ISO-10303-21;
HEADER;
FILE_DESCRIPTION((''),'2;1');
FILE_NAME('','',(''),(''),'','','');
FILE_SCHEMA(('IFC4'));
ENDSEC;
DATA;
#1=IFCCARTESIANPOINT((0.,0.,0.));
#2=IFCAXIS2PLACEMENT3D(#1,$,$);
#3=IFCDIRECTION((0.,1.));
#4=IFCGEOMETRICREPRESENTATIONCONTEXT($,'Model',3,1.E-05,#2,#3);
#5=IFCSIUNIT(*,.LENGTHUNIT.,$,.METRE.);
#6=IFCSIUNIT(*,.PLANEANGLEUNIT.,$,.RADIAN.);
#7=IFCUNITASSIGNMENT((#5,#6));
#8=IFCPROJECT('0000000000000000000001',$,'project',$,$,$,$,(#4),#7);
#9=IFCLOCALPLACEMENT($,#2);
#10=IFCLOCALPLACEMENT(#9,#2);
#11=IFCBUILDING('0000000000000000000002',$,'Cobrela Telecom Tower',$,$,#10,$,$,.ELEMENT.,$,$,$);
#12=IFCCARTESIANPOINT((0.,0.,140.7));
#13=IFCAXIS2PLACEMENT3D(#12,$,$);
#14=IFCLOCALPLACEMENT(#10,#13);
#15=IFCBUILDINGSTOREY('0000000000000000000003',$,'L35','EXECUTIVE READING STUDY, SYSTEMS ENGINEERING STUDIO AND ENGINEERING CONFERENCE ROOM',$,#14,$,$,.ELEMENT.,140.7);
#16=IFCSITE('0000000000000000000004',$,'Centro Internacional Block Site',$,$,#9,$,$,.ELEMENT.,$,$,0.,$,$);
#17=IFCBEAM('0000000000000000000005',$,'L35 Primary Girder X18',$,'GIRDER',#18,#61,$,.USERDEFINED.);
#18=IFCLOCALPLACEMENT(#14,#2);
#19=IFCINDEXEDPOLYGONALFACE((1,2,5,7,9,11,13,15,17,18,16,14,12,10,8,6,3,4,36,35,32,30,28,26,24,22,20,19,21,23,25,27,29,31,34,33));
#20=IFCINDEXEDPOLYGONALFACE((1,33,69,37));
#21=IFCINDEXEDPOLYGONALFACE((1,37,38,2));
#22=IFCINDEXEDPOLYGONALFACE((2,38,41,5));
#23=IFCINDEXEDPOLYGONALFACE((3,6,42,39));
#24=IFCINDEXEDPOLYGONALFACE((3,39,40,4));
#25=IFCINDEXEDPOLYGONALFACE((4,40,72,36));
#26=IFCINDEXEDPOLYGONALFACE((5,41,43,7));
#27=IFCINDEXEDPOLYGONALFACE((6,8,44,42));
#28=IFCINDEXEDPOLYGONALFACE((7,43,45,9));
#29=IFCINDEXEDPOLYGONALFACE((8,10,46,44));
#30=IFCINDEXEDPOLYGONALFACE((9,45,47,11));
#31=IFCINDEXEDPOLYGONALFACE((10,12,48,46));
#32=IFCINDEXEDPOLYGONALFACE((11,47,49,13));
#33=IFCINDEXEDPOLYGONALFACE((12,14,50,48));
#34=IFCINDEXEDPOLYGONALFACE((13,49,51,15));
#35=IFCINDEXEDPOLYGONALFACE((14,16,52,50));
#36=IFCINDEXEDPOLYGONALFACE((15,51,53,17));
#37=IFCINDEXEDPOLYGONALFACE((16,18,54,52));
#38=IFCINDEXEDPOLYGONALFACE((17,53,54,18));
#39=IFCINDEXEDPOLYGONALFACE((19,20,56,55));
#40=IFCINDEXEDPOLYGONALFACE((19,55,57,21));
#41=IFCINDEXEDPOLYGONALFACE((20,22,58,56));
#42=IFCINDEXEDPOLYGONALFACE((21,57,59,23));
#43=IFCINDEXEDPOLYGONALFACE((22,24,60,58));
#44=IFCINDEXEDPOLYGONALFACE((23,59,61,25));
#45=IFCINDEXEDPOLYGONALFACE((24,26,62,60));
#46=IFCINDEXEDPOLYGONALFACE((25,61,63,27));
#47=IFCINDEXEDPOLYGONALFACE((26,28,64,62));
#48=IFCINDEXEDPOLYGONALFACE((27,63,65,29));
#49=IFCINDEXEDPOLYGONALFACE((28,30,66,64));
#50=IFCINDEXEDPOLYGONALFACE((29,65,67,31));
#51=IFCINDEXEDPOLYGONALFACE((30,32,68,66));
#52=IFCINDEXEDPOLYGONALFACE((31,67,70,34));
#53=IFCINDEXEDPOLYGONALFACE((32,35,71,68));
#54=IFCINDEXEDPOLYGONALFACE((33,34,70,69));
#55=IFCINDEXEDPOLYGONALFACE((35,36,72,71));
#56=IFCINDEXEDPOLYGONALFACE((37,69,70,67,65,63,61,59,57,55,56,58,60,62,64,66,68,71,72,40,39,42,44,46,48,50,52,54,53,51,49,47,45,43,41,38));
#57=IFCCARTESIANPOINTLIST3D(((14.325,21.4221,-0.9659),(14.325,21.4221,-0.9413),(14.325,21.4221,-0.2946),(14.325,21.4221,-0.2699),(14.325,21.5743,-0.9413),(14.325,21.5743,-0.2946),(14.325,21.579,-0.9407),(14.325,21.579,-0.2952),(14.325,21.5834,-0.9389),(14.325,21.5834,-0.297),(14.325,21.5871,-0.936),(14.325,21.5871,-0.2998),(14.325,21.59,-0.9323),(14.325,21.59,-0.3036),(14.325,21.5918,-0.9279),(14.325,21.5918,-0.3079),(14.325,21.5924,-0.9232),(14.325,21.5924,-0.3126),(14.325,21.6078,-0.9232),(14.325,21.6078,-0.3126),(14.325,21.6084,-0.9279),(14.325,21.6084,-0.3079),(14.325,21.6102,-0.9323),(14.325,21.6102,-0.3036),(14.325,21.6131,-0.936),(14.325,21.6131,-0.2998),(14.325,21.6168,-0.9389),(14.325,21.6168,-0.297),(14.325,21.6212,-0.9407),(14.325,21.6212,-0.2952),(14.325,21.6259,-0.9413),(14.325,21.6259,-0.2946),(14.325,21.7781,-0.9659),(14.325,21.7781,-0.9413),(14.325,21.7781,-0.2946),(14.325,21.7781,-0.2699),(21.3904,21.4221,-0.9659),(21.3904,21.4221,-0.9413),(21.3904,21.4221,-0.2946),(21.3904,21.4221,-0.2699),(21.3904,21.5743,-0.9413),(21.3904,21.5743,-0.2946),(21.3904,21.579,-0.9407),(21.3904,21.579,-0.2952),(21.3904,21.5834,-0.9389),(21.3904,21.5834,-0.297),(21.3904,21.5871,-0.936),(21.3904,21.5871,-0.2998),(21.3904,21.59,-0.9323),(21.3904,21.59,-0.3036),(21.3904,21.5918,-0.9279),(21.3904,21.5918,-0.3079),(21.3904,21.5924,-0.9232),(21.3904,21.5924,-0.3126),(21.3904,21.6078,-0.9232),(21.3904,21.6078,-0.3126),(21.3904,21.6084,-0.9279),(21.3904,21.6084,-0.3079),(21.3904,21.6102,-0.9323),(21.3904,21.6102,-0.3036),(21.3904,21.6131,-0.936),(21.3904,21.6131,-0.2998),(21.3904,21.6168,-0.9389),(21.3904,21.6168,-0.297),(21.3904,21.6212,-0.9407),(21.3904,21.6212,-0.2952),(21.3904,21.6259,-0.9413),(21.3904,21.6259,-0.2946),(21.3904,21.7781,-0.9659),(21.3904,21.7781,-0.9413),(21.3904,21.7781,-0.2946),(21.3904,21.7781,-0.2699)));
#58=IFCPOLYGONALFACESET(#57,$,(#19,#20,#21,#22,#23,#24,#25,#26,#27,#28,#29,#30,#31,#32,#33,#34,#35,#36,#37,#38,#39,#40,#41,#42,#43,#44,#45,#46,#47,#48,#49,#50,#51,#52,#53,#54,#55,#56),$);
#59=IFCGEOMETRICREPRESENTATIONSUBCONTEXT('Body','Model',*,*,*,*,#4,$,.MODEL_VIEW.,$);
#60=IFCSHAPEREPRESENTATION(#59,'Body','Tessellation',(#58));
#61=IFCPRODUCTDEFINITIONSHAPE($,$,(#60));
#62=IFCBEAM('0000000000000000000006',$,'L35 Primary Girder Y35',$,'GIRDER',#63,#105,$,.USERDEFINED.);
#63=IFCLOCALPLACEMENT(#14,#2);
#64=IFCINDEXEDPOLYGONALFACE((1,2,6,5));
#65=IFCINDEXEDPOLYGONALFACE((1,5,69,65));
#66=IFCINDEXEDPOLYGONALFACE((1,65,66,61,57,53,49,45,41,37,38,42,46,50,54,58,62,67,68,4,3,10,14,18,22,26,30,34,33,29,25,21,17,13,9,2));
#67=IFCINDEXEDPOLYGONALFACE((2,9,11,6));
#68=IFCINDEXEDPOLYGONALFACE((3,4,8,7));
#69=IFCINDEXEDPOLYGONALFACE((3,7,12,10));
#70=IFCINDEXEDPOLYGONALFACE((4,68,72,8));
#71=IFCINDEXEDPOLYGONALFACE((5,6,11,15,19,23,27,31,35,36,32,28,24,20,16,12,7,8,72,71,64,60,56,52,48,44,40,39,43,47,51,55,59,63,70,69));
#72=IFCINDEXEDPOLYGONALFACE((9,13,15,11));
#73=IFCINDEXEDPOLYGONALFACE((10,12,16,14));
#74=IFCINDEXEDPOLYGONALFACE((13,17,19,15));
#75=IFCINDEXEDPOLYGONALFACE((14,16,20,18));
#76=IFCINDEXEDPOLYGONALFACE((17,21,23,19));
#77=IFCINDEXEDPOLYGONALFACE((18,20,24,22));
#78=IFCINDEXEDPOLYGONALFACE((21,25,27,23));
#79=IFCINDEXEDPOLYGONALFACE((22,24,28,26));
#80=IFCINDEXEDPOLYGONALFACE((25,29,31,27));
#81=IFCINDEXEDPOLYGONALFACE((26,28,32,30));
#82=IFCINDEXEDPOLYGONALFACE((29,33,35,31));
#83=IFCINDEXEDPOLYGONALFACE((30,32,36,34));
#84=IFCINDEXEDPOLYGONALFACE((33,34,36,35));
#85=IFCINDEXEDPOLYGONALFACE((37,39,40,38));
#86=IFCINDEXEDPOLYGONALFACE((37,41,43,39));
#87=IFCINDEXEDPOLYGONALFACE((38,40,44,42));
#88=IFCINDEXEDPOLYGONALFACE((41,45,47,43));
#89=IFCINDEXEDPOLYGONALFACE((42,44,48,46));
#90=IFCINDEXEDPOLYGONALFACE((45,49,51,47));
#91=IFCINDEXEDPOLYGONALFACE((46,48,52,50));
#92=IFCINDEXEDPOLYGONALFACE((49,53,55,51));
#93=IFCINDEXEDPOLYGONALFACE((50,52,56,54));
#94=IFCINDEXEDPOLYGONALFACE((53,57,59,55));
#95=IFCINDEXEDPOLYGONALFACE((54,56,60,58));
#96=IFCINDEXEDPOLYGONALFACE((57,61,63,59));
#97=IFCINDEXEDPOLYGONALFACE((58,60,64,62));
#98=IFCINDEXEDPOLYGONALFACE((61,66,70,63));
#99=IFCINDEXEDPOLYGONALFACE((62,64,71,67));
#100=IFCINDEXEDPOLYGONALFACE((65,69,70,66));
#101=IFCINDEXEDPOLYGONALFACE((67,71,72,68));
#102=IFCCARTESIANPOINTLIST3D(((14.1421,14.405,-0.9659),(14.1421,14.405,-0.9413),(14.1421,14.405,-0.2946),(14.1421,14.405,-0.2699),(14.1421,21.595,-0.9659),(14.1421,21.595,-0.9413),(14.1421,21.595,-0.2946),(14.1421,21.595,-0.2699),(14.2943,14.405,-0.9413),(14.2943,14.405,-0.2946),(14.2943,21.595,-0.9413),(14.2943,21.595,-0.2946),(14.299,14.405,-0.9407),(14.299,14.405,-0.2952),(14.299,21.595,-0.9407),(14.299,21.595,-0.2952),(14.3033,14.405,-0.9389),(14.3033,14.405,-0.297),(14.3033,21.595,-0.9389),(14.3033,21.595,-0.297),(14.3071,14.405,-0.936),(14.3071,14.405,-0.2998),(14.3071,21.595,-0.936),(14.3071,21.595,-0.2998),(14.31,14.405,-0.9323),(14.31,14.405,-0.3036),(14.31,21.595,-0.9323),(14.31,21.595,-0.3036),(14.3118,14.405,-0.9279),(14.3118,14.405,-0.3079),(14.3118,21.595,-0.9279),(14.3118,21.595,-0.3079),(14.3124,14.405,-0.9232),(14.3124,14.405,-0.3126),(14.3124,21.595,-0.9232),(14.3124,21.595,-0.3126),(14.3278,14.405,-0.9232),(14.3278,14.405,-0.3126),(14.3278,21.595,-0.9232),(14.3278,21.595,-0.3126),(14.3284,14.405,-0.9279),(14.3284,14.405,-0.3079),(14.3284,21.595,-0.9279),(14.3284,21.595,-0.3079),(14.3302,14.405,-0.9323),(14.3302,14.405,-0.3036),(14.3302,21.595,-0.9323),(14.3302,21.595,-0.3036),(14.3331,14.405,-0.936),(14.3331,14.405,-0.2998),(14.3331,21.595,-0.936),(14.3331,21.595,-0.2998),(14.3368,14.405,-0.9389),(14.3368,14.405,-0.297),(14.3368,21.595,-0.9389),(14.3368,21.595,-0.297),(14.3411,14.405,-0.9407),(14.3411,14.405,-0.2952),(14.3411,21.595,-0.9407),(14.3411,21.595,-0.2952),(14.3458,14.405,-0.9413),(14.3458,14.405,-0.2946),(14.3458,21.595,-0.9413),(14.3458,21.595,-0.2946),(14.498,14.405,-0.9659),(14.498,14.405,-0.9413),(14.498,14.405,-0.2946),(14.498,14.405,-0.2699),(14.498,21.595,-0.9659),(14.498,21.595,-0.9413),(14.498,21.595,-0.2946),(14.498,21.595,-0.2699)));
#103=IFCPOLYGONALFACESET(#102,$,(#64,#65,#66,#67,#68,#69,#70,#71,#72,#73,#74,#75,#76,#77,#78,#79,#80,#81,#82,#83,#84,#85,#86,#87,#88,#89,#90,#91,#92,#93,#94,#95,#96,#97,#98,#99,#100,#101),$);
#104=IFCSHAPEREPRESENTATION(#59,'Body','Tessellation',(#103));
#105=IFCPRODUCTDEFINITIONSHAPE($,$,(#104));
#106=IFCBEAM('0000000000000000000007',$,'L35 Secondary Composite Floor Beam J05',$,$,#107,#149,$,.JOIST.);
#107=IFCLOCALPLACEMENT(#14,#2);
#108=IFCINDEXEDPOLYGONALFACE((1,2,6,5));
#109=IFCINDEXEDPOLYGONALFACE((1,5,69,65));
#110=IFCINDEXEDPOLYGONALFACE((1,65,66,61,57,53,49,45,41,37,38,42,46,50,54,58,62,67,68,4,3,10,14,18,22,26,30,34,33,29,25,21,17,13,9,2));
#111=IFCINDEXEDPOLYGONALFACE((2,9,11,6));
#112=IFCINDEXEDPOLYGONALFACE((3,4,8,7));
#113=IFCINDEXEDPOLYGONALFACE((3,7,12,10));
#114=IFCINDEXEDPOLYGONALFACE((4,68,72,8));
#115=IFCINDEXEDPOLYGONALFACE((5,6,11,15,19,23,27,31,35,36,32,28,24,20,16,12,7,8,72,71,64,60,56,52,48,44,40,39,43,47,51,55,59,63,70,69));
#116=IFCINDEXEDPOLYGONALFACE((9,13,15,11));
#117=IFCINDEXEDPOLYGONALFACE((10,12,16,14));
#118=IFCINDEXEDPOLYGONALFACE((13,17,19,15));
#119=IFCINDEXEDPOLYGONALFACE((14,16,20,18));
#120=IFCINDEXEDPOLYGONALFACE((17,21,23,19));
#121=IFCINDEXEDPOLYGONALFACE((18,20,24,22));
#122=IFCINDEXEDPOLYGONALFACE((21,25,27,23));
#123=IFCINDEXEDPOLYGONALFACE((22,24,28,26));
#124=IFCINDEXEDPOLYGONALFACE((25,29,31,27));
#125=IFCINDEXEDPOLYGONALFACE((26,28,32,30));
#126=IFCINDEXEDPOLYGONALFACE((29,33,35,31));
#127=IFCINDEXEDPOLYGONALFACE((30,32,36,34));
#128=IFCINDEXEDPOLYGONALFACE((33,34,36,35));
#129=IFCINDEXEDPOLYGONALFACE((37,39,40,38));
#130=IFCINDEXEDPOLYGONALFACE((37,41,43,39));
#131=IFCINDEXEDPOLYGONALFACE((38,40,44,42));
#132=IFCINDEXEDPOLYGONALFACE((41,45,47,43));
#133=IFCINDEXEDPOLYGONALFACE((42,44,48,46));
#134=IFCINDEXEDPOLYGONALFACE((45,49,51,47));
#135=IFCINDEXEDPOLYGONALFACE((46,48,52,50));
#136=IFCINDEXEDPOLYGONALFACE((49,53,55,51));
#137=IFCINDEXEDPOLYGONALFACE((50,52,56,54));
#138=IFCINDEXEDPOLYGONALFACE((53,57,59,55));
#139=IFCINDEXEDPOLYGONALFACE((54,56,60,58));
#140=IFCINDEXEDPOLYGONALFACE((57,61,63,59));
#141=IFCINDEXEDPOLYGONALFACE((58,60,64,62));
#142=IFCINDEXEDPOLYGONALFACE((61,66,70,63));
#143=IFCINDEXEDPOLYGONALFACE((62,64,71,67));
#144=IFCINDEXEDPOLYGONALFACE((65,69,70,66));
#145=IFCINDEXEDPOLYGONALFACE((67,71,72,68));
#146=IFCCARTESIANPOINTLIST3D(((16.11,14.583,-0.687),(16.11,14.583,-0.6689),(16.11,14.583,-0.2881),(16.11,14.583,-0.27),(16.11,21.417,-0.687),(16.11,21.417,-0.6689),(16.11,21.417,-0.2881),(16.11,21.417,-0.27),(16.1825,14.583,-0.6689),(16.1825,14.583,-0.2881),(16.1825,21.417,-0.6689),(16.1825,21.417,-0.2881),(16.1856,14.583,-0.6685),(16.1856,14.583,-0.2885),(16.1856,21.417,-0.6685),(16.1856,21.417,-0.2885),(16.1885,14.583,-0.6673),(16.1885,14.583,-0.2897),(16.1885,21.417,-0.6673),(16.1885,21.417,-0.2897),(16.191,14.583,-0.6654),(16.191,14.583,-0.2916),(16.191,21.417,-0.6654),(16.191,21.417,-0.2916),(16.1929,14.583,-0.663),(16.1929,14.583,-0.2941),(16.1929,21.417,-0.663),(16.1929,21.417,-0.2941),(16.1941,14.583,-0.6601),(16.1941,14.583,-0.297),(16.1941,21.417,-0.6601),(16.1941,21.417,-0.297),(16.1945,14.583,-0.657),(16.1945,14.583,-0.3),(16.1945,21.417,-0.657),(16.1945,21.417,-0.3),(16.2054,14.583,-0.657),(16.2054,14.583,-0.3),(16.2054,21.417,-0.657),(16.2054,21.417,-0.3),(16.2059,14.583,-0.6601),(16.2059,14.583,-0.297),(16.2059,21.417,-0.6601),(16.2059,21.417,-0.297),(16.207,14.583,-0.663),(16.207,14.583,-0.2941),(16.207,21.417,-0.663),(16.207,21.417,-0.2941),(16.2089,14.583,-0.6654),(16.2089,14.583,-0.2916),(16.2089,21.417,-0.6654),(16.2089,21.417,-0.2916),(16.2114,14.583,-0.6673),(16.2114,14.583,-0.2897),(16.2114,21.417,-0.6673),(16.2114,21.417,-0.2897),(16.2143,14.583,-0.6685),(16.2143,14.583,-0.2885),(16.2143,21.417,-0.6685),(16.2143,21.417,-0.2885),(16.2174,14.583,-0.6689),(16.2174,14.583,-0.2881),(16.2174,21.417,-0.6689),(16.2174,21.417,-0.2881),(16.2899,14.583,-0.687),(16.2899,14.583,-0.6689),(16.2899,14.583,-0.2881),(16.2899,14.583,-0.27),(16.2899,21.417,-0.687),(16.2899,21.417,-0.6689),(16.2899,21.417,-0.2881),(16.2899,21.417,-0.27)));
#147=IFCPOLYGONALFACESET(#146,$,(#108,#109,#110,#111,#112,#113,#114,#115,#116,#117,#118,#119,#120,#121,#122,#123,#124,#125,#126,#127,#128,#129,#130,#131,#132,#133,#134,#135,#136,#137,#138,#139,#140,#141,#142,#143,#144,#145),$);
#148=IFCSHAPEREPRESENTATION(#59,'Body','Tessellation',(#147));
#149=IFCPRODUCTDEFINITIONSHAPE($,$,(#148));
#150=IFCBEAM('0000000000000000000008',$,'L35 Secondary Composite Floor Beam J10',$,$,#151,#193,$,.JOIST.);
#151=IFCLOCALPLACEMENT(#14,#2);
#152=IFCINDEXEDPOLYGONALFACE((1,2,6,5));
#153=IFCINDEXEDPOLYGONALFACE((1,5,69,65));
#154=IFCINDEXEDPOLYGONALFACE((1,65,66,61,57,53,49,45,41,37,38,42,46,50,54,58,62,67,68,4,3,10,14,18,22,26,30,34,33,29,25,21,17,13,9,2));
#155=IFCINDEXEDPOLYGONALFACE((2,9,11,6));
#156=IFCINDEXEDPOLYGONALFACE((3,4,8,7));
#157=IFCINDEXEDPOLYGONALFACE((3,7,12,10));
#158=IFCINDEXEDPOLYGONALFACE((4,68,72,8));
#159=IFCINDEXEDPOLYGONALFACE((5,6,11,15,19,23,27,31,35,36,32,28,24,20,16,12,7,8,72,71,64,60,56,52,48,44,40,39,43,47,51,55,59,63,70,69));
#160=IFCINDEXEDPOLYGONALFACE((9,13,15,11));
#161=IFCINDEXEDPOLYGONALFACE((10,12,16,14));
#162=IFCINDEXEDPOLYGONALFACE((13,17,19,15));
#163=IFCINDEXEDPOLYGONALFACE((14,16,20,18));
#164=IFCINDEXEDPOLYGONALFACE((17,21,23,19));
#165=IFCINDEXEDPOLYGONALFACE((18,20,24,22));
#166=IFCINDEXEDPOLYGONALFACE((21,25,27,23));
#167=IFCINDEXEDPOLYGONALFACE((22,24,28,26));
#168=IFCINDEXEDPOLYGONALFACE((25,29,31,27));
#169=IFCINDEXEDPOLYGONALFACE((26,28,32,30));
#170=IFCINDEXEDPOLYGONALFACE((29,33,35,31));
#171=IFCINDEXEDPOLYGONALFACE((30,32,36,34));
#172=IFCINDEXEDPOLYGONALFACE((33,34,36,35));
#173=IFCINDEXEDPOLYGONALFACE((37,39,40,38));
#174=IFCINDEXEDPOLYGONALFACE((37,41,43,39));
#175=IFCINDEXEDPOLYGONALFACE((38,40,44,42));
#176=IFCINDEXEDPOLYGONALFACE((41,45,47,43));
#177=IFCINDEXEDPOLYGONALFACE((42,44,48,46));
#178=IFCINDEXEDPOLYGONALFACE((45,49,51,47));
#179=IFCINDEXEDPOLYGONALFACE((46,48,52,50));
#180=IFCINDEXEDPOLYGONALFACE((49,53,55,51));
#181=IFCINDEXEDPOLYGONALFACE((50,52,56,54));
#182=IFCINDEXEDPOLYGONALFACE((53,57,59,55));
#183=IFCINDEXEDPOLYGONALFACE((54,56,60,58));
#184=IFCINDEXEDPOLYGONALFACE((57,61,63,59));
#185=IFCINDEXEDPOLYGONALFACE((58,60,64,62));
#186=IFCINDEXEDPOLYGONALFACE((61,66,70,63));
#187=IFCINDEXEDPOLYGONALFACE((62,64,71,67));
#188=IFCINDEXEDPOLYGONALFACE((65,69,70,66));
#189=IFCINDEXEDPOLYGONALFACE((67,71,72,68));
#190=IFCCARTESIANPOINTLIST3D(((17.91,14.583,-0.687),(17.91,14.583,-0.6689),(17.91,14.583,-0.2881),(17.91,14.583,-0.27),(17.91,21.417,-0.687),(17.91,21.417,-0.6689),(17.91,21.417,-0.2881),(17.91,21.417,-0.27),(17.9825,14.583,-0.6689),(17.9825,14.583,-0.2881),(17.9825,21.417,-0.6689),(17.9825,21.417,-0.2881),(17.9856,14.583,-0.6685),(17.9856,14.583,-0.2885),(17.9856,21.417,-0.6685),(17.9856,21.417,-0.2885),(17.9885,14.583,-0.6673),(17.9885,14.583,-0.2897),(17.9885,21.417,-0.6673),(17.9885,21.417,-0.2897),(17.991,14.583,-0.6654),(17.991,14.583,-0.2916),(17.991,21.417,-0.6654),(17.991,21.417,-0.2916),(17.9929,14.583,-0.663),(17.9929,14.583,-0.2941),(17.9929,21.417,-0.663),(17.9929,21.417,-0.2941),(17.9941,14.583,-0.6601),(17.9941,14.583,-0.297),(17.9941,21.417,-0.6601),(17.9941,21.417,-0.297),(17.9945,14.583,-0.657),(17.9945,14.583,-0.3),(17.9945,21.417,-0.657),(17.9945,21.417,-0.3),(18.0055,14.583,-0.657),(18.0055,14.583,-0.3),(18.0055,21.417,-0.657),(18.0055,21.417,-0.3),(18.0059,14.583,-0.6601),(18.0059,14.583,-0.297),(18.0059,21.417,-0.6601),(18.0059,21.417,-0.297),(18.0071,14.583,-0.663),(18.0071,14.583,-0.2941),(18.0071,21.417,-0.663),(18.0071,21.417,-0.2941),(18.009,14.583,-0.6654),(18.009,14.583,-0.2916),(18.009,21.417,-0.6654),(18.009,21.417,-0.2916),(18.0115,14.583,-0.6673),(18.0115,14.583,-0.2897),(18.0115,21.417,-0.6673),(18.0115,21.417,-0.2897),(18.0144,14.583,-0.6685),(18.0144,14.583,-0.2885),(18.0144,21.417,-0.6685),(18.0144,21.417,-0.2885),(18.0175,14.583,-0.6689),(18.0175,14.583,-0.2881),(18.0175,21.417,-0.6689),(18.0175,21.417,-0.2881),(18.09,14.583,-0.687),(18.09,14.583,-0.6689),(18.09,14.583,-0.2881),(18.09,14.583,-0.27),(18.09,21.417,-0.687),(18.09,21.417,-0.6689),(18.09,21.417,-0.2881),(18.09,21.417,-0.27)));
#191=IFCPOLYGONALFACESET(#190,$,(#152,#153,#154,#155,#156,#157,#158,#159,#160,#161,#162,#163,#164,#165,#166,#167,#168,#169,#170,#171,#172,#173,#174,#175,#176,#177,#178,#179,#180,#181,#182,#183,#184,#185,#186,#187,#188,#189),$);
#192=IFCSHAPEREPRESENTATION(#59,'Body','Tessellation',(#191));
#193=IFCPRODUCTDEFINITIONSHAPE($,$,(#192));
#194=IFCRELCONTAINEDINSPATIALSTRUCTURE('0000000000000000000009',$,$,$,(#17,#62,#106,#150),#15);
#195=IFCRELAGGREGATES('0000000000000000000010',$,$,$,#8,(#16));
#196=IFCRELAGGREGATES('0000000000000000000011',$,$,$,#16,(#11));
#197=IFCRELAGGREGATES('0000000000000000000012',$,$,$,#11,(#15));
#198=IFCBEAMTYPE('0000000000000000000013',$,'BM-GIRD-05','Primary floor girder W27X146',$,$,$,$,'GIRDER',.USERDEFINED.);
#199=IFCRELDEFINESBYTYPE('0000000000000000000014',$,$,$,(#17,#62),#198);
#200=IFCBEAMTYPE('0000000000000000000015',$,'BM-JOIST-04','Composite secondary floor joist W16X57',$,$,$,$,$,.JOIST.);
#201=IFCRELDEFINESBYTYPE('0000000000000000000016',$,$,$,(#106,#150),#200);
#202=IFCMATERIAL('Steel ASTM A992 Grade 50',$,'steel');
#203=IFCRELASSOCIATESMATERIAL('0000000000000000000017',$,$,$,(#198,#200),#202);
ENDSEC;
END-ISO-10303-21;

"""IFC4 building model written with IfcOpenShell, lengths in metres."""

from ifc_helpers import new_model, si_unit, direction, frame, origin, origin_2d, place, context, subcontext, project, spatial, i_section, extrude, material, material_profile, profile_set, type_object, element, save


model = new_model("IFC4")

# Units and contexts
model_context = context("Model", 3, precision=1e-05, world=origin(), true_north=direction((0.0, 1.0)))
body_context = subcontext(model_context, "Body", "Model", "MODEL_VIEW")
ifc_project = project(units=[si_unit("LENGTHUNIT", "METRE"), si_unit("PLANEANGLEUNIT", "RADIAN")], contexts=[model_context])

# Site, building, storey
site_placement = place(None, origin())
site = spatial("IfcSite", under=ifc_project, at=site_placement, Name="Centro Internacional Block Site", CompositionType="ELEMENT", RefElevation=0.0)
building_placement = place(site_placement, origin())
building = spatial("IfcBuilding", under=site, at=building_placement, Name="Cobrela Telecom Tower", CompositionType="ELEMENT")
storey_placement = place(building_placement, frame((0.0, 0.0, 140.7)))
storey = spatial("IfcBuildingStorey", under=building, at=storey_placement, Name="L35", Description="EXECUTIVE READING STUDY, SYSTEMS ENGINEERING STUDIO AND ENGINEERING CONFERENCE ROOM", CompositionType="ELEMENT", Elevation=140.7)

# Beams
ifc_material_1 = material(Name="Steel ASTM A992 Grade 50", Category="steel")
ifc_material_profile_1 = material_profile(ifc_material_1, i_section(OverallWidth=0.356, OverallDepth=0.696, WebThickness=0.0154, FlangeThickness=0.0247, FilletRadius=0.0181, at=origin_2d()), Name="W27X146")
ifc_profile_set_1 = profile_set([ifc_material_profile_1], Name="Steel ASTM A992 Grade 50")
beam_type_1 = type_object("IfcBeamType", Name="BM-GIRD-05", Description="Primary floor girder W27X146", ElementType="GIRDER", PredefinedType="USERDEFINED", material=ifc_profile_set_1)
beam_1_placement = place(storey_placement, frame((14.325, 21.6001, -0.6179), z_axis=(1.0, 0.0, 0.0), x_axis=(0.0, 1.0, 0.0)))
element("IfcBeam", 1, at=beam_1_placement, inside=storey, type_object=beam_type_1, Name="L35 Primary Girder X18", ObjectType="GIRDER", PredefinedType="USERDEFINED", context=body_context, shape_type="SweptSolid", body=[
    extrude(i_section(OverallWidth=0.356, OverallDepth=0.696, WebThickness=0.0154, FlangeThickness=0.0247, FilletRadius=0.0181, at=origin_2d()), origin(), (0.0, 0.0, 1.0), 7.0654),
])
beam_2_placement = place(storey_placement, frame((14.3201, 14.405, -0.6179), z_axis=(0.0, 1.0, 0.0), x_axis=(-1.0, 0.0, 0.0)))
element("IfcBeam", 2, at=beam_2_placement, inside=storey, type_object=beam_type_1, Name="L35 Primary Girder Y35", ObjectType="GIRDER", PredefinedType="USERDEFINED", context=body_context, shape_type="SweptSolid", body=[
    extrude(i_section(OverallWidth=0.356, OverallDepth=0.696, WebThickness=0.0154, FlangeThickness=0.0247, FilletRadius=0.0181, at=origin_2d()), origin(), (0.0, 0.0, 1.0), 7.1899),
])
ifc_material_profile_2 = material_profile(ifc_material_1, i_section(OverallWidth=0.1799, OverallDepth=0.417, WebThickness=0.011, FlangeThickness=0.0181, FilletRadius=0.012, at=origin_2d()), Name="W16X57")
ifc_profile_set_2 = profile_set([ifc_material_profile_2], Name="Steel ASTM A992 Grade 50")
beam_type_2 = type_object("IfcBeamType", Name="BM-JOIST-04", Description="Composite secondary floor joist W16X57", PredefinedType="JOIST", material=ifc_profile_set_2)
for number, where, z_axis, x_axis, name in (
    (3, (16.2, 14.583, -0.4785), (0.0, 1.0, 0.0), (-1.0, 0.0, 0.0), "L35 Secondary Composite Floor Beam J05"),
    (4, (18.0, 14.583, -0.4785), (0.0, 1.0, 0.0), (-1.0, 0.0, 0.0), "L35 Secondary Composite Floor Beam J10"),
):
    element("IfcBeam", number, at=place(storey_placement, frame(where, z_axis=z_axis, x_axis=x_axis)), inside=storey, type_object=beam_type_2, Name=name, PredefinedType="JOIST", context=body_context, shape_type="SweptSolid", body=[
        extrude(i_section(OverallWidth=0.1799, OverallDepth=0.417, WebThickness=0.011, FlangeThickness=0.0181, FilletRadius=0.012, at=origin_2d()), origin(), (0.0, 0.0, 1.0), 6.834),
    ])

save(model, "model.ifc")
